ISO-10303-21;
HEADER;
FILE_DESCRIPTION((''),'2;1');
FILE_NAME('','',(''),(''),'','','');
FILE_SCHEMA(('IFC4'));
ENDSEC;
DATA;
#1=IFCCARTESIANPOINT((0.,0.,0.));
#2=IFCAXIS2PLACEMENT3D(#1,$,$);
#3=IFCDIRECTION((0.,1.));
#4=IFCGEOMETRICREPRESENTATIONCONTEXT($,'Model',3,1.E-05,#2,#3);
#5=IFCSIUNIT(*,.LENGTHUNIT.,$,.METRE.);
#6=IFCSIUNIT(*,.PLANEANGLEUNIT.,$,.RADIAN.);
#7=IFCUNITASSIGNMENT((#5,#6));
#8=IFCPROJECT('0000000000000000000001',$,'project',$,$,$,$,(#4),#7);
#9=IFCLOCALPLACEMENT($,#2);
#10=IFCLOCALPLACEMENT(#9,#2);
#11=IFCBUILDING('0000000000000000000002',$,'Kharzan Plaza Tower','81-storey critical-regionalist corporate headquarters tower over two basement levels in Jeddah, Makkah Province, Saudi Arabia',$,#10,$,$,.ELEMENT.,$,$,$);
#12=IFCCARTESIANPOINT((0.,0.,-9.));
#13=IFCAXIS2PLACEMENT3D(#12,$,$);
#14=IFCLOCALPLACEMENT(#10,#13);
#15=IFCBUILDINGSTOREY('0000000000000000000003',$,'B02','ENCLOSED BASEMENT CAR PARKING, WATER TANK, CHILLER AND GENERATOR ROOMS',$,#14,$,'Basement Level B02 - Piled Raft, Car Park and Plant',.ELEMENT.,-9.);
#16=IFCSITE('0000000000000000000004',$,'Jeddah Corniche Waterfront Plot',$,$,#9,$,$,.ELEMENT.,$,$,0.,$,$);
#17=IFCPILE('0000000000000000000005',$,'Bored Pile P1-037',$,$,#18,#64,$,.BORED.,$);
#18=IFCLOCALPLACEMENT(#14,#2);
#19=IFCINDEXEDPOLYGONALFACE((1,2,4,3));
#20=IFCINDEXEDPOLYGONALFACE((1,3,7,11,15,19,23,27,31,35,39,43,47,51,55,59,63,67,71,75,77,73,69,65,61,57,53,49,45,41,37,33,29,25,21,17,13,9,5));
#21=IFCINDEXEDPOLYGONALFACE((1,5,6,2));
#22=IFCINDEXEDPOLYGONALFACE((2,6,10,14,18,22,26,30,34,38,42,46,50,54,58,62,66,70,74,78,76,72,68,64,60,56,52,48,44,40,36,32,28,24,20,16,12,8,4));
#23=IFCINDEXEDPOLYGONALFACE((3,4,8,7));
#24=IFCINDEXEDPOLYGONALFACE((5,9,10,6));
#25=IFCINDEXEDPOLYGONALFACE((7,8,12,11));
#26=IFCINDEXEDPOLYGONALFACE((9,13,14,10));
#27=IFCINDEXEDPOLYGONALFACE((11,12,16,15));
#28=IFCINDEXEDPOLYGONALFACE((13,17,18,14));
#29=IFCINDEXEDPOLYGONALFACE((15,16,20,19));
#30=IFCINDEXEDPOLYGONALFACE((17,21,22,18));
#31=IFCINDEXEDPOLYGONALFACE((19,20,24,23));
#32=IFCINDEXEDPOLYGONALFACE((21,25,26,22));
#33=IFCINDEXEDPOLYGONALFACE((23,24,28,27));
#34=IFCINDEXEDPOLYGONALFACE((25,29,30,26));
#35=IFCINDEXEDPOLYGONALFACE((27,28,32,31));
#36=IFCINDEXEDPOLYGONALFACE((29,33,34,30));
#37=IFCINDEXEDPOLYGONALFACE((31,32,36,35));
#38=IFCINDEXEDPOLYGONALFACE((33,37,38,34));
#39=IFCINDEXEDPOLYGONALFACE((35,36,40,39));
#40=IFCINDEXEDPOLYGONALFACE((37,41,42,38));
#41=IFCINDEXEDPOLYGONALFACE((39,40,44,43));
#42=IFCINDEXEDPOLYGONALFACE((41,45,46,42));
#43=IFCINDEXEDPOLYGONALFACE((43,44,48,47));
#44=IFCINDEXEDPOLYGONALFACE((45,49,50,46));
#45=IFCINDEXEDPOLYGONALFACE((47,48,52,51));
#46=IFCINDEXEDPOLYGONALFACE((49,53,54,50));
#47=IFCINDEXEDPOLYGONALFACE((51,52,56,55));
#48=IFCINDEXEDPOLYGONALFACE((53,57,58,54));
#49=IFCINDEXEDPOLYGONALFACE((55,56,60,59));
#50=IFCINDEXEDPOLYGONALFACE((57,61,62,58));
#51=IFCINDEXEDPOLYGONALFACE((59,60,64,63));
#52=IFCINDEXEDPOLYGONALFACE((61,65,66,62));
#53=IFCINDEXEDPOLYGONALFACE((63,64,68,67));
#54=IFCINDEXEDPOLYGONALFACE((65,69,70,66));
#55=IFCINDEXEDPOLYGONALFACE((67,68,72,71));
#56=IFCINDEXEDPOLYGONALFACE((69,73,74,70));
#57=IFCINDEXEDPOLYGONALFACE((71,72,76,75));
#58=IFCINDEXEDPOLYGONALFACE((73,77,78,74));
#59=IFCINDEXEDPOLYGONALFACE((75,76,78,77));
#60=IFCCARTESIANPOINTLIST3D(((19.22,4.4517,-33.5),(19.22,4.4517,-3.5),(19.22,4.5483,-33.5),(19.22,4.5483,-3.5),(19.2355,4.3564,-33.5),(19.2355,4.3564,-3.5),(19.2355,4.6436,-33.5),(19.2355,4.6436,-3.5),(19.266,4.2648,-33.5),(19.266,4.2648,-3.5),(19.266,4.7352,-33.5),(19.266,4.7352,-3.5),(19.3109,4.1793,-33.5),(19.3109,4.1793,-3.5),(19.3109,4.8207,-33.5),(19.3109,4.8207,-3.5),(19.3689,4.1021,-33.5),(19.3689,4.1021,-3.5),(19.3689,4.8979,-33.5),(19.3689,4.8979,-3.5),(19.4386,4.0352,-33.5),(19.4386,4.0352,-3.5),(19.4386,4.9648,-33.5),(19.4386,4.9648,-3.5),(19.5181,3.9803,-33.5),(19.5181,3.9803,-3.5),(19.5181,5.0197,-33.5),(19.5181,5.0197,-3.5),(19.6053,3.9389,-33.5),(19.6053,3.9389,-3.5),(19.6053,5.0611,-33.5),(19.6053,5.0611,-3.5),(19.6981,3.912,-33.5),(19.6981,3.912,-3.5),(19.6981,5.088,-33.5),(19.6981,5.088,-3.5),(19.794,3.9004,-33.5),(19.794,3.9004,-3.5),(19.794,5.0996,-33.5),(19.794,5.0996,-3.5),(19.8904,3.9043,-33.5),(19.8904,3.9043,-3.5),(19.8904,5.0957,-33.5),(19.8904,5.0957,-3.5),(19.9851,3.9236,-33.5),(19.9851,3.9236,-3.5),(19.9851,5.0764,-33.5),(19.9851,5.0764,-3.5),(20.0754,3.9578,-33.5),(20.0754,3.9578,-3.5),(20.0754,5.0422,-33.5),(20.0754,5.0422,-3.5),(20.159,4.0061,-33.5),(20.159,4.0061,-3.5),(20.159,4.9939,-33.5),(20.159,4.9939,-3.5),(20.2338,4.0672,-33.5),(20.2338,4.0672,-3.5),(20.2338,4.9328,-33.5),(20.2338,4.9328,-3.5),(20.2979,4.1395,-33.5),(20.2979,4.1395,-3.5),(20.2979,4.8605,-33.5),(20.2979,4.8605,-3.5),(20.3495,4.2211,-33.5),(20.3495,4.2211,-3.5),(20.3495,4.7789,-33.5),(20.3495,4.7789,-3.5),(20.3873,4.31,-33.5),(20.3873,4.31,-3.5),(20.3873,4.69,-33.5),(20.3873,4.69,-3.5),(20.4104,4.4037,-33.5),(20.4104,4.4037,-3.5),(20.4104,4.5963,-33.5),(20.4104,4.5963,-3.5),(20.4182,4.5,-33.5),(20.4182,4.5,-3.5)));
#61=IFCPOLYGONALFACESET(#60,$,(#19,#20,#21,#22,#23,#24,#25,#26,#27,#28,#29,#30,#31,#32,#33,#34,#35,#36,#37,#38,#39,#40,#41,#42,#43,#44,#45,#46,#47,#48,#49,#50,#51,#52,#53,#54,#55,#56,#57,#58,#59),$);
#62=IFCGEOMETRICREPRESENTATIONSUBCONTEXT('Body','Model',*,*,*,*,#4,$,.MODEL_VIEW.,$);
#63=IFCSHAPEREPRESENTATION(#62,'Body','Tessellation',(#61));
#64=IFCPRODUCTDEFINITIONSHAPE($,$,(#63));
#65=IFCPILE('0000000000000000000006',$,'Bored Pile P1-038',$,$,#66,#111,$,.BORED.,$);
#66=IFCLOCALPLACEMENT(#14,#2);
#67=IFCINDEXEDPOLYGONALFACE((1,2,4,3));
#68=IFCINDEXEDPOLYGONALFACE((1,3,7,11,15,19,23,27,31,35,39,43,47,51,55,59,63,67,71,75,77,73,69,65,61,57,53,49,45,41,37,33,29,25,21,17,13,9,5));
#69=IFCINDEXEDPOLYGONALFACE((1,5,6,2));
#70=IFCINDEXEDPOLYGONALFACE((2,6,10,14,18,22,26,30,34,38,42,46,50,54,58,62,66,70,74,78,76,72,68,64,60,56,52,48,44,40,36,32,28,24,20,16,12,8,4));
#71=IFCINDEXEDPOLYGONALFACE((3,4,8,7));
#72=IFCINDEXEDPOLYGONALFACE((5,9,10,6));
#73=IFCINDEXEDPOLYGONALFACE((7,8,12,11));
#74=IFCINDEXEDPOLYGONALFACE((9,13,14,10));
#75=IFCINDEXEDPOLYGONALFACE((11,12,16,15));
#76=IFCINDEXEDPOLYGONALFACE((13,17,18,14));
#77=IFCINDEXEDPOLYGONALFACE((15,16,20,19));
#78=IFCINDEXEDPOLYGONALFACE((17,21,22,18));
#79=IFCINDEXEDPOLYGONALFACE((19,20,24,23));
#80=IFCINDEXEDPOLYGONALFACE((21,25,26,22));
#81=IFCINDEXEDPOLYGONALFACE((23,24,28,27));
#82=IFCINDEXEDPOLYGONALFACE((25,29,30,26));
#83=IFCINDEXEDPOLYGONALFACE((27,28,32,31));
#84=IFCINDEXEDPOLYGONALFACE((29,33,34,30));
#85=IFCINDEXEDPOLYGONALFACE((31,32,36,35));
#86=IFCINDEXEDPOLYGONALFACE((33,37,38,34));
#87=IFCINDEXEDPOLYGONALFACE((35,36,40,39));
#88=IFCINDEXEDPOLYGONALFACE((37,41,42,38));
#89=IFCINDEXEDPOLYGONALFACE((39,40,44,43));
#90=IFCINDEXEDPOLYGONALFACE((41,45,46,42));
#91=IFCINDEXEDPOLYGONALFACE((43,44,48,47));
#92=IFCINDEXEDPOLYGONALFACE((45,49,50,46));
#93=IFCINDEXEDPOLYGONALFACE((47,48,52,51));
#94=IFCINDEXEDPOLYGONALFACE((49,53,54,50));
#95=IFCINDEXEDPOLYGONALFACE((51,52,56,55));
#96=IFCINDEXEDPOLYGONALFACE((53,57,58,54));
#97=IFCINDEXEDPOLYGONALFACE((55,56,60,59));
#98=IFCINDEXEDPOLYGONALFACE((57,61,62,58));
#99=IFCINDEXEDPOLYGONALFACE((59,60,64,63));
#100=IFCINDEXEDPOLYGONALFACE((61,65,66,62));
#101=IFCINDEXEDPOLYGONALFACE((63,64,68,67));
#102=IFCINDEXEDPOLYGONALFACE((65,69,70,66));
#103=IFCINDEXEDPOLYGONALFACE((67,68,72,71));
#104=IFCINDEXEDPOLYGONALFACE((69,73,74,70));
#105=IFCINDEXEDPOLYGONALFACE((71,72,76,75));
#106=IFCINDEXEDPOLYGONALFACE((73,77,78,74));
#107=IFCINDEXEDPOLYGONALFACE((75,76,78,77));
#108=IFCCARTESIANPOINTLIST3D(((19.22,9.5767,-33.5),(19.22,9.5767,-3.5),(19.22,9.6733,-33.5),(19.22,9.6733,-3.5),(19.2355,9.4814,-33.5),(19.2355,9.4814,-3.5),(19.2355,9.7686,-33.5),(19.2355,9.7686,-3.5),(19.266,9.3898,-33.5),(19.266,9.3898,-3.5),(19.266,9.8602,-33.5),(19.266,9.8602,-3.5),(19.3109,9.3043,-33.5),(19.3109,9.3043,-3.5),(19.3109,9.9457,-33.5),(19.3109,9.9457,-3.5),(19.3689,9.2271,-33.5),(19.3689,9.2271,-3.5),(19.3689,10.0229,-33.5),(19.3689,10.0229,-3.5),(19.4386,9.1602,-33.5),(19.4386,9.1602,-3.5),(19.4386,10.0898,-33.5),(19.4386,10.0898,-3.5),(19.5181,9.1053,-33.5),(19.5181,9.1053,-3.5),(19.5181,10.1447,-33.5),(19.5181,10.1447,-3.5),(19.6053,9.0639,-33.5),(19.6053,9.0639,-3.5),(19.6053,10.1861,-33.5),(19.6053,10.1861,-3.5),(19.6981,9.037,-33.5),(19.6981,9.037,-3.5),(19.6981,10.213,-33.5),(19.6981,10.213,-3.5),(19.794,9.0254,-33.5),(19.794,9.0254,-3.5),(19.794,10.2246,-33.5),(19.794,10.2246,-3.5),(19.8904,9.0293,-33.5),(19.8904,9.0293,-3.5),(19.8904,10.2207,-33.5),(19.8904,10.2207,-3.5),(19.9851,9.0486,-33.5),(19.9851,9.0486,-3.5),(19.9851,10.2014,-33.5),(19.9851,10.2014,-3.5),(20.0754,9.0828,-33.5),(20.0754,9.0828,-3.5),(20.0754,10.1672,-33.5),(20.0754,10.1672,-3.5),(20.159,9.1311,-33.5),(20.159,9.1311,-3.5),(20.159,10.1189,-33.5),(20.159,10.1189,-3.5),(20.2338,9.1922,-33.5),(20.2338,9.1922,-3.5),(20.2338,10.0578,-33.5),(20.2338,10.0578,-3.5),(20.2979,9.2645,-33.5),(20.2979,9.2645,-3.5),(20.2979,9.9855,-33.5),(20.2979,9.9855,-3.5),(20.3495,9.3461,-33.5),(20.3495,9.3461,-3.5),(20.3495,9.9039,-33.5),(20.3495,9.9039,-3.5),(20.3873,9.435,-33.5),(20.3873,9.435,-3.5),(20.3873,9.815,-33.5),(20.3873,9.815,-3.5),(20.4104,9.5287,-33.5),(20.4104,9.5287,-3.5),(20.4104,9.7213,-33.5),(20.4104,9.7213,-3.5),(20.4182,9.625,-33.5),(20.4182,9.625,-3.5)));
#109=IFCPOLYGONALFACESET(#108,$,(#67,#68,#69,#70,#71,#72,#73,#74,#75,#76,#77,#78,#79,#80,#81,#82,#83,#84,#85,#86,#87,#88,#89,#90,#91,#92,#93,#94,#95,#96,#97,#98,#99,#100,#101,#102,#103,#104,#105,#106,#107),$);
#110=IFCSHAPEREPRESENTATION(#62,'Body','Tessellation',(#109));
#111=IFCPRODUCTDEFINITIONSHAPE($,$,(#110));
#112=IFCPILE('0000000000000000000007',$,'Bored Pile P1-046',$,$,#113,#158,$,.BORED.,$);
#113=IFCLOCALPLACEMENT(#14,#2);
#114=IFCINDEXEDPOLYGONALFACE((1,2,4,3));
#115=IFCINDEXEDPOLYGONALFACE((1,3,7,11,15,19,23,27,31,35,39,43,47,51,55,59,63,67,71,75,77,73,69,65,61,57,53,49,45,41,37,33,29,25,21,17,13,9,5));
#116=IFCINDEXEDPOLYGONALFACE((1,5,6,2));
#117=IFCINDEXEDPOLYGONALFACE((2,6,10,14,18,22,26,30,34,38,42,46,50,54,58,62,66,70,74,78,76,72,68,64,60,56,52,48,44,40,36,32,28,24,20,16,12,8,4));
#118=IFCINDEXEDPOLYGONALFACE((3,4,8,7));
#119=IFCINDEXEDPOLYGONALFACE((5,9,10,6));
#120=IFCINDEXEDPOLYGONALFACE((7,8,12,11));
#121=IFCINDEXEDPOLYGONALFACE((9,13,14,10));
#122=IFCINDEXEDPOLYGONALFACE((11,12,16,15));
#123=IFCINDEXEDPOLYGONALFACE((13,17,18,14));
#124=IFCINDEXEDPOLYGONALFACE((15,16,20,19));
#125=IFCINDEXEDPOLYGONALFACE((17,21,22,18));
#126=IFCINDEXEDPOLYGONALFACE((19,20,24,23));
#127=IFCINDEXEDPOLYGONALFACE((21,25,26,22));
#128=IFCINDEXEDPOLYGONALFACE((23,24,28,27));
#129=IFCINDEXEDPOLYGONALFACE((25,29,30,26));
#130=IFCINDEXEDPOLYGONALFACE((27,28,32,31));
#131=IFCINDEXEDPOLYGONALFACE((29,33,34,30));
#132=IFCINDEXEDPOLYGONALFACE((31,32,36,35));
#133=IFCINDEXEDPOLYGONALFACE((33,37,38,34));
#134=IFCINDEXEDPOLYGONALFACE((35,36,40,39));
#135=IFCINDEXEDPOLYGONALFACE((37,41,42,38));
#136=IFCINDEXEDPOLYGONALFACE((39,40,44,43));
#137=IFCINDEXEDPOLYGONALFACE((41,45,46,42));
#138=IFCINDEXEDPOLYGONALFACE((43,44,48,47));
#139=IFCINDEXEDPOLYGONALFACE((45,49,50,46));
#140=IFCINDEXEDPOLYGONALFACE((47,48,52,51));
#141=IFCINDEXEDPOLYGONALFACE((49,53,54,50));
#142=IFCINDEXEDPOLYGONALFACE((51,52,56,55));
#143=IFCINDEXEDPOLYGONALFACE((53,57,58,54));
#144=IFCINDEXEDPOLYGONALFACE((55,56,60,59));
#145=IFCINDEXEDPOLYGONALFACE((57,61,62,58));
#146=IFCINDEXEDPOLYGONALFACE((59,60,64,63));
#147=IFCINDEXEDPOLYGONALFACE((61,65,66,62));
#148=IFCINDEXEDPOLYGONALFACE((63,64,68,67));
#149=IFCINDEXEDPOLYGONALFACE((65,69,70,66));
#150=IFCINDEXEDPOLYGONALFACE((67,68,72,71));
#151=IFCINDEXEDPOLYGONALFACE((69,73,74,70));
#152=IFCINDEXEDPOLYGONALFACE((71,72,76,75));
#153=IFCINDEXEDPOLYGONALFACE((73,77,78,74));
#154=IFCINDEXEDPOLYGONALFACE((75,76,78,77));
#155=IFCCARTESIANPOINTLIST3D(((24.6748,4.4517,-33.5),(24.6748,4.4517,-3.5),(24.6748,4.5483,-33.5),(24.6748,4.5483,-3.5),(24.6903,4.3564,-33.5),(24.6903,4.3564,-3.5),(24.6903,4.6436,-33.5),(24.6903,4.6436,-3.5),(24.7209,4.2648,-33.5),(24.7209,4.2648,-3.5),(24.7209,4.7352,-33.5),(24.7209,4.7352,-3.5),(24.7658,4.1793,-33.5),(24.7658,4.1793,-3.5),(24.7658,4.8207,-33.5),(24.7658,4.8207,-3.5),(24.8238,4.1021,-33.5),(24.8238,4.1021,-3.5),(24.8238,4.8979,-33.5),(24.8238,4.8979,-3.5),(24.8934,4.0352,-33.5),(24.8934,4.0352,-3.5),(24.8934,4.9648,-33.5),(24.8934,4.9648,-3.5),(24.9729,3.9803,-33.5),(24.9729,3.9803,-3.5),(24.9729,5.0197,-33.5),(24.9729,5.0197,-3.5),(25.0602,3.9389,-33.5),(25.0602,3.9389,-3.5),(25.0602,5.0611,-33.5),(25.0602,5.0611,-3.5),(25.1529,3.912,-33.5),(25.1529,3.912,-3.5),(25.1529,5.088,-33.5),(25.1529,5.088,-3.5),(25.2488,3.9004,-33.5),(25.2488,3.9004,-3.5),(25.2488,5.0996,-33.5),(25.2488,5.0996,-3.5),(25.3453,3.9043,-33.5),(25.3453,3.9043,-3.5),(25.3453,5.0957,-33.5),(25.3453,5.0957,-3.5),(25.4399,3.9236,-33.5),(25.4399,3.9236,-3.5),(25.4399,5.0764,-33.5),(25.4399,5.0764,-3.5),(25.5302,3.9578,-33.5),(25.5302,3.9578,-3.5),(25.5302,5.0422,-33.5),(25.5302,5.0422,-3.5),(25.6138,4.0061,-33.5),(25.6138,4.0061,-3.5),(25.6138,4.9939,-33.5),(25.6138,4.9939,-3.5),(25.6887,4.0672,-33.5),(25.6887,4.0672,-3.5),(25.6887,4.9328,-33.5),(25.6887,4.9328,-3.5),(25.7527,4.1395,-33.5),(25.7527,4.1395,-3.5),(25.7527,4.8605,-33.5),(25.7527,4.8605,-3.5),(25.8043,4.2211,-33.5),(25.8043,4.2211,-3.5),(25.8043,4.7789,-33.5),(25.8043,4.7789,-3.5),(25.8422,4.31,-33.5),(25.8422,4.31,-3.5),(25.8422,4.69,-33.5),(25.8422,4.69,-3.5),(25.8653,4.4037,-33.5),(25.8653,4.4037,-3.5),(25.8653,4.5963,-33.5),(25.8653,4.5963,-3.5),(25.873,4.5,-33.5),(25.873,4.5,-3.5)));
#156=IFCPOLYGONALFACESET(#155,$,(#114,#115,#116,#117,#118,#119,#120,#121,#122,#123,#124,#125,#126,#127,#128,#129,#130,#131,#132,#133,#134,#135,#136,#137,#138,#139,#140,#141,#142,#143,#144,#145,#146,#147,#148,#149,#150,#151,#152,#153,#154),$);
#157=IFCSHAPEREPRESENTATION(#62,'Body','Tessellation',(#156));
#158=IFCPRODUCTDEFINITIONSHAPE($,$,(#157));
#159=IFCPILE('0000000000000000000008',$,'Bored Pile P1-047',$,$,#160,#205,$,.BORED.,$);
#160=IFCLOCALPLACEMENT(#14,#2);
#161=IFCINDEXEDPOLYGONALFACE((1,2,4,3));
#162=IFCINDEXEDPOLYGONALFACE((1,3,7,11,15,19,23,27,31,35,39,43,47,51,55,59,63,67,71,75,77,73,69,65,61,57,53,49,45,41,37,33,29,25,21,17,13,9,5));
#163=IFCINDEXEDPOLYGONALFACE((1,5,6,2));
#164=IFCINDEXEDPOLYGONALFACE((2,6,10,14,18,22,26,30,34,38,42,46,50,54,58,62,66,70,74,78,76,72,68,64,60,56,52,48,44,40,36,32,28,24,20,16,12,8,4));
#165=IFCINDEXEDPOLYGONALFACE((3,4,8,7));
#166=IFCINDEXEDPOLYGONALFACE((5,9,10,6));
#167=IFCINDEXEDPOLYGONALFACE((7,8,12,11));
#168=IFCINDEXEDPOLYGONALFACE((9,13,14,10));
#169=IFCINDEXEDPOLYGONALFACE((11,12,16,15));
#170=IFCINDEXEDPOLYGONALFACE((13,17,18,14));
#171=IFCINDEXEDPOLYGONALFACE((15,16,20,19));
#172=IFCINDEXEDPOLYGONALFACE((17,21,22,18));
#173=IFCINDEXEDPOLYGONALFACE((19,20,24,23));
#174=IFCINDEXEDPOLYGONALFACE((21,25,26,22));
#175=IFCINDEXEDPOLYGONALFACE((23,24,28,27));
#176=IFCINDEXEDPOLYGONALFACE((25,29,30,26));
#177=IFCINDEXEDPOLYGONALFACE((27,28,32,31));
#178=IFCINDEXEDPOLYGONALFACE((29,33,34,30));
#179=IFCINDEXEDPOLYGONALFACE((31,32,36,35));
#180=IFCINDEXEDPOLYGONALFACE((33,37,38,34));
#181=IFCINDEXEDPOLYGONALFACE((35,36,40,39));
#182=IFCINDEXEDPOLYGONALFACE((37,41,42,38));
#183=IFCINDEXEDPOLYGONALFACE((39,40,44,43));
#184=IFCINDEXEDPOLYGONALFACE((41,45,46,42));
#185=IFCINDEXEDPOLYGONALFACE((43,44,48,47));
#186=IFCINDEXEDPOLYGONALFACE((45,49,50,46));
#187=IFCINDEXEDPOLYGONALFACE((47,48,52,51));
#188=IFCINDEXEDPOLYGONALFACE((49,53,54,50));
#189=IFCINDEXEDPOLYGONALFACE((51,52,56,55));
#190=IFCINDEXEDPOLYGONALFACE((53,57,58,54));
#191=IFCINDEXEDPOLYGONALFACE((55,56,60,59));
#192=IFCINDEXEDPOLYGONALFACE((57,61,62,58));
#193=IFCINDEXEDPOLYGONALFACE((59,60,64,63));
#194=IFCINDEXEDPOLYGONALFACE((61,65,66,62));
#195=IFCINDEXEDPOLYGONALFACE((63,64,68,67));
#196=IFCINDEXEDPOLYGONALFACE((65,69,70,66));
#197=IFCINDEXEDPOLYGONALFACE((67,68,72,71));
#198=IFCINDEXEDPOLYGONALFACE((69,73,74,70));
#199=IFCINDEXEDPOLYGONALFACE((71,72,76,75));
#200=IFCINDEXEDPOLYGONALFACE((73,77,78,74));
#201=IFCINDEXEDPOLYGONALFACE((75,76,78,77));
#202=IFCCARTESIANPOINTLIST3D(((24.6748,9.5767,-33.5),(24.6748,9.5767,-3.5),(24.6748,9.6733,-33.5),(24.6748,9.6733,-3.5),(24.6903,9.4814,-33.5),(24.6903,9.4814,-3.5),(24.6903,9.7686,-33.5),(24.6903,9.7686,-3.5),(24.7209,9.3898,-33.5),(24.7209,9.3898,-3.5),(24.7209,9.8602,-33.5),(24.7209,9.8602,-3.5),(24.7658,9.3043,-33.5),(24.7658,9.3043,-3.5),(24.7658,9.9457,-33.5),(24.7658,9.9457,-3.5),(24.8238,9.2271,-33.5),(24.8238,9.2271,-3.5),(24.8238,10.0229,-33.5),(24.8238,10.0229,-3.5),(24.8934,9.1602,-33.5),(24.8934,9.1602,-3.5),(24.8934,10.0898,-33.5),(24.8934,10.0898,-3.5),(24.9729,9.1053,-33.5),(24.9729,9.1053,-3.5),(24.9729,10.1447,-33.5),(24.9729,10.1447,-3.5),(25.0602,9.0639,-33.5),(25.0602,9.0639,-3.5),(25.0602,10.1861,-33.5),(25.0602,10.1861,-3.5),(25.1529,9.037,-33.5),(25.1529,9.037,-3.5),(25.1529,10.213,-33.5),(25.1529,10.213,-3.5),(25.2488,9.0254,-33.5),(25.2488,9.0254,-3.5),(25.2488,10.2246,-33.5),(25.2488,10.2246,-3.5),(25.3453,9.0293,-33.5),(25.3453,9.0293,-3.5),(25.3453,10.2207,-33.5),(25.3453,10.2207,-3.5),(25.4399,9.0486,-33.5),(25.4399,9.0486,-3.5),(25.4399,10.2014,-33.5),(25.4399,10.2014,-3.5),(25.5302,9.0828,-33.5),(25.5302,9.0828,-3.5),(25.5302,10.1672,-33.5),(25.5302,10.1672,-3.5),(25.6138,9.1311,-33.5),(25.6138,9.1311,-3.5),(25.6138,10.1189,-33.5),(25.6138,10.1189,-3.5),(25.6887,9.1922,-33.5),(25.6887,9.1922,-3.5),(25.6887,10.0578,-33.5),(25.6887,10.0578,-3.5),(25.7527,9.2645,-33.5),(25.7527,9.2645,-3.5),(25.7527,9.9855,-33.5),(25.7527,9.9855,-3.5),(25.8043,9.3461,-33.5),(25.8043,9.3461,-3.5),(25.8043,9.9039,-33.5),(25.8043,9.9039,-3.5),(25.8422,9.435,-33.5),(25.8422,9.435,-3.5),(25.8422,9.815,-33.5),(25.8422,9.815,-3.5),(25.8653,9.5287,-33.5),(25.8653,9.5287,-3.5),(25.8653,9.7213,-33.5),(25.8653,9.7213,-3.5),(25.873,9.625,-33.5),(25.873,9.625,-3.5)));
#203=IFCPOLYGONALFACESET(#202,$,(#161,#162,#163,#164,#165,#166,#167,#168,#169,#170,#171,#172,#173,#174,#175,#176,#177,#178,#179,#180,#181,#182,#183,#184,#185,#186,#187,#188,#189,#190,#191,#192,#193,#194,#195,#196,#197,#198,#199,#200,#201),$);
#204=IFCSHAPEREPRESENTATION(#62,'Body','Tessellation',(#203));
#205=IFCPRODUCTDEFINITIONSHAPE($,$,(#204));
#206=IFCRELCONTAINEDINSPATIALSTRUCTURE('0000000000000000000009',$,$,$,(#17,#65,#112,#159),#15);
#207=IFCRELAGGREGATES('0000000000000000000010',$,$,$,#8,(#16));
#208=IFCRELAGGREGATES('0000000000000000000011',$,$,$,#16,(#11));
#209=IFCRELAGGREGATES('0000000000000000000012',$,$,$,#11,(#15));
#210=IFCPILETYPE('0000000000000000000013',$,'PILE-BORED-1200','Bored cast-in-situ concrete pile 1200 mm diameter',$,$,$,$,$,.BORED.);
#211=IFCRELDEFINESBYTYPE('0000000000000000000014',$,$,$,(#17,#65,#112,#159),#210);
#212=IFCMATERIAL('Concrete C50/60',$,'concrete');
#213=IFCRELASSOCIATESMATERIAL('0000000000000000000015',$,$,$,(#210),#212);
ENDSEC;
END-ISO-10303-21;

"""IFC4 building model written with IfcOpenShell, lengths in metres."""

from ifc_helpers import new_model, si_unit, direction, frame, origin, origin_2d, place, context, subcontext, project, spatial, circle, extrude, source, transform, mapped, material, material_profile, profile_set, type_object, element, save


model = new_model("IFC4")

# Units and contexts
model_context = context("Model", 3, precision=1e-05, world=origin(), true_north=direction((0.0, 1.0)))
body_context = subcontext(model_context, "Body", "Model", "MODEL_VIEW")
ifc_project = project(units=[si_unit("LENGTHUNIT", "METRE"), si_unit("PLANEANGLEUNIT", "RADIAN")], contexts=[model_context])

# Site, building, storey
site_placement = place(None, origin())
site = spatial("IfcSite", under=ifc_project, at=site_placement, Name="Jeddah Corniche Waterfront Plot", CompositionType="ELEMENT", RefElevation=0.0)
building_placement = place(site_placement, origin())
building = spatial("IfcBuilding", under=site, at=building_placement, Name="Kharzan Plaza Tower", Description="81-storey critical-regionalist corporate headquarters tower over two basement levels in Jeddah, Makkah Province, Saudi Arabia", CompositionType="ELEMENT")
storey_placement = place(building_placement, frame((0.0, 0.0, -9.0)))
storey = spatial("IfcBuildingStorey", under=building, at=storey_placement, Name="B02", Description="ENCLOSED BASEMENT CAR PARKING, WATER TANK, CHILLER AND GENERATOR ROOMS", LongName="Basement Level B02 - Piled Raft, Car Park and Plant", CompositionType="ELEMENT", Elevation=-9.0)

# Piles
ifc_material_1 = material(Name="Concrete C50/60", Category="concrete")
ifc_material_profile_1 = material_profile(ifc_material_1, circle(Radius=0.6001, at=origin_2d()), Name="PILE-D1200")
ifc_profile_set_1 = profile_set([ifc_material_profile_1], Name="Concrete C50/60")
pile_type = type_object("IfcPileType", Name="PILE-BORED-1200", Description="Bored cast-in-situ concrete pile 1200 mm diameter", PredefinedType="BORED", material=ifc_profile_set_1)
shared_shape_1 = source(origin(), body_context, "Body", "SweptSolid", [
    extrude(circle(Radius=0.6001, at=origin_2d()), origin(), (0.0, 0.0, 1.0), 30.0),
])
for number, where, z_axis, x_axis, name in (
    (1, (19.8181, 4.5, -3.5), (0.0, 0.0, -1.0), (1.0, 0.0, 0.0), "Bored Pile P1-037"),
    (2, (19.8181, 9.625, -3.5), (0.0, 0.0, -1.0), (1.0, 0.0, 0.0), "Bored Pile P1-038"),
    (3, (25.2729, 4.5, -3.5), (0.0, 0.0, -1.0), (1.0, 0.0, 0.0), "Bored Pile P1-046"),
    (4, (25.2729, 9.625, -3.5), (0.0, 0.0, -1.0), (1.0, 0.0, 0.0), "Bored Pile P1-047"),
):
    element("IfcPile", number, at=place(storey_placement, frame(where, z_axis=z_axis, x_axis=x_axis)), inside=storey, type_object=pile_type, Name=name, PredefinedType="BORED", context=body_context, shape_type="MappedRepresentation", body=[
        mapped(shared_shape_1, transform((0.0, 0.0, 0.0), x_axis=(1.0, 0.0, 0.0), y_axis=(0.0, 1.0, 0.0), z_axis=(0.0, 0.0, 1.0))),
    ])

save(model, "model.ifc")
